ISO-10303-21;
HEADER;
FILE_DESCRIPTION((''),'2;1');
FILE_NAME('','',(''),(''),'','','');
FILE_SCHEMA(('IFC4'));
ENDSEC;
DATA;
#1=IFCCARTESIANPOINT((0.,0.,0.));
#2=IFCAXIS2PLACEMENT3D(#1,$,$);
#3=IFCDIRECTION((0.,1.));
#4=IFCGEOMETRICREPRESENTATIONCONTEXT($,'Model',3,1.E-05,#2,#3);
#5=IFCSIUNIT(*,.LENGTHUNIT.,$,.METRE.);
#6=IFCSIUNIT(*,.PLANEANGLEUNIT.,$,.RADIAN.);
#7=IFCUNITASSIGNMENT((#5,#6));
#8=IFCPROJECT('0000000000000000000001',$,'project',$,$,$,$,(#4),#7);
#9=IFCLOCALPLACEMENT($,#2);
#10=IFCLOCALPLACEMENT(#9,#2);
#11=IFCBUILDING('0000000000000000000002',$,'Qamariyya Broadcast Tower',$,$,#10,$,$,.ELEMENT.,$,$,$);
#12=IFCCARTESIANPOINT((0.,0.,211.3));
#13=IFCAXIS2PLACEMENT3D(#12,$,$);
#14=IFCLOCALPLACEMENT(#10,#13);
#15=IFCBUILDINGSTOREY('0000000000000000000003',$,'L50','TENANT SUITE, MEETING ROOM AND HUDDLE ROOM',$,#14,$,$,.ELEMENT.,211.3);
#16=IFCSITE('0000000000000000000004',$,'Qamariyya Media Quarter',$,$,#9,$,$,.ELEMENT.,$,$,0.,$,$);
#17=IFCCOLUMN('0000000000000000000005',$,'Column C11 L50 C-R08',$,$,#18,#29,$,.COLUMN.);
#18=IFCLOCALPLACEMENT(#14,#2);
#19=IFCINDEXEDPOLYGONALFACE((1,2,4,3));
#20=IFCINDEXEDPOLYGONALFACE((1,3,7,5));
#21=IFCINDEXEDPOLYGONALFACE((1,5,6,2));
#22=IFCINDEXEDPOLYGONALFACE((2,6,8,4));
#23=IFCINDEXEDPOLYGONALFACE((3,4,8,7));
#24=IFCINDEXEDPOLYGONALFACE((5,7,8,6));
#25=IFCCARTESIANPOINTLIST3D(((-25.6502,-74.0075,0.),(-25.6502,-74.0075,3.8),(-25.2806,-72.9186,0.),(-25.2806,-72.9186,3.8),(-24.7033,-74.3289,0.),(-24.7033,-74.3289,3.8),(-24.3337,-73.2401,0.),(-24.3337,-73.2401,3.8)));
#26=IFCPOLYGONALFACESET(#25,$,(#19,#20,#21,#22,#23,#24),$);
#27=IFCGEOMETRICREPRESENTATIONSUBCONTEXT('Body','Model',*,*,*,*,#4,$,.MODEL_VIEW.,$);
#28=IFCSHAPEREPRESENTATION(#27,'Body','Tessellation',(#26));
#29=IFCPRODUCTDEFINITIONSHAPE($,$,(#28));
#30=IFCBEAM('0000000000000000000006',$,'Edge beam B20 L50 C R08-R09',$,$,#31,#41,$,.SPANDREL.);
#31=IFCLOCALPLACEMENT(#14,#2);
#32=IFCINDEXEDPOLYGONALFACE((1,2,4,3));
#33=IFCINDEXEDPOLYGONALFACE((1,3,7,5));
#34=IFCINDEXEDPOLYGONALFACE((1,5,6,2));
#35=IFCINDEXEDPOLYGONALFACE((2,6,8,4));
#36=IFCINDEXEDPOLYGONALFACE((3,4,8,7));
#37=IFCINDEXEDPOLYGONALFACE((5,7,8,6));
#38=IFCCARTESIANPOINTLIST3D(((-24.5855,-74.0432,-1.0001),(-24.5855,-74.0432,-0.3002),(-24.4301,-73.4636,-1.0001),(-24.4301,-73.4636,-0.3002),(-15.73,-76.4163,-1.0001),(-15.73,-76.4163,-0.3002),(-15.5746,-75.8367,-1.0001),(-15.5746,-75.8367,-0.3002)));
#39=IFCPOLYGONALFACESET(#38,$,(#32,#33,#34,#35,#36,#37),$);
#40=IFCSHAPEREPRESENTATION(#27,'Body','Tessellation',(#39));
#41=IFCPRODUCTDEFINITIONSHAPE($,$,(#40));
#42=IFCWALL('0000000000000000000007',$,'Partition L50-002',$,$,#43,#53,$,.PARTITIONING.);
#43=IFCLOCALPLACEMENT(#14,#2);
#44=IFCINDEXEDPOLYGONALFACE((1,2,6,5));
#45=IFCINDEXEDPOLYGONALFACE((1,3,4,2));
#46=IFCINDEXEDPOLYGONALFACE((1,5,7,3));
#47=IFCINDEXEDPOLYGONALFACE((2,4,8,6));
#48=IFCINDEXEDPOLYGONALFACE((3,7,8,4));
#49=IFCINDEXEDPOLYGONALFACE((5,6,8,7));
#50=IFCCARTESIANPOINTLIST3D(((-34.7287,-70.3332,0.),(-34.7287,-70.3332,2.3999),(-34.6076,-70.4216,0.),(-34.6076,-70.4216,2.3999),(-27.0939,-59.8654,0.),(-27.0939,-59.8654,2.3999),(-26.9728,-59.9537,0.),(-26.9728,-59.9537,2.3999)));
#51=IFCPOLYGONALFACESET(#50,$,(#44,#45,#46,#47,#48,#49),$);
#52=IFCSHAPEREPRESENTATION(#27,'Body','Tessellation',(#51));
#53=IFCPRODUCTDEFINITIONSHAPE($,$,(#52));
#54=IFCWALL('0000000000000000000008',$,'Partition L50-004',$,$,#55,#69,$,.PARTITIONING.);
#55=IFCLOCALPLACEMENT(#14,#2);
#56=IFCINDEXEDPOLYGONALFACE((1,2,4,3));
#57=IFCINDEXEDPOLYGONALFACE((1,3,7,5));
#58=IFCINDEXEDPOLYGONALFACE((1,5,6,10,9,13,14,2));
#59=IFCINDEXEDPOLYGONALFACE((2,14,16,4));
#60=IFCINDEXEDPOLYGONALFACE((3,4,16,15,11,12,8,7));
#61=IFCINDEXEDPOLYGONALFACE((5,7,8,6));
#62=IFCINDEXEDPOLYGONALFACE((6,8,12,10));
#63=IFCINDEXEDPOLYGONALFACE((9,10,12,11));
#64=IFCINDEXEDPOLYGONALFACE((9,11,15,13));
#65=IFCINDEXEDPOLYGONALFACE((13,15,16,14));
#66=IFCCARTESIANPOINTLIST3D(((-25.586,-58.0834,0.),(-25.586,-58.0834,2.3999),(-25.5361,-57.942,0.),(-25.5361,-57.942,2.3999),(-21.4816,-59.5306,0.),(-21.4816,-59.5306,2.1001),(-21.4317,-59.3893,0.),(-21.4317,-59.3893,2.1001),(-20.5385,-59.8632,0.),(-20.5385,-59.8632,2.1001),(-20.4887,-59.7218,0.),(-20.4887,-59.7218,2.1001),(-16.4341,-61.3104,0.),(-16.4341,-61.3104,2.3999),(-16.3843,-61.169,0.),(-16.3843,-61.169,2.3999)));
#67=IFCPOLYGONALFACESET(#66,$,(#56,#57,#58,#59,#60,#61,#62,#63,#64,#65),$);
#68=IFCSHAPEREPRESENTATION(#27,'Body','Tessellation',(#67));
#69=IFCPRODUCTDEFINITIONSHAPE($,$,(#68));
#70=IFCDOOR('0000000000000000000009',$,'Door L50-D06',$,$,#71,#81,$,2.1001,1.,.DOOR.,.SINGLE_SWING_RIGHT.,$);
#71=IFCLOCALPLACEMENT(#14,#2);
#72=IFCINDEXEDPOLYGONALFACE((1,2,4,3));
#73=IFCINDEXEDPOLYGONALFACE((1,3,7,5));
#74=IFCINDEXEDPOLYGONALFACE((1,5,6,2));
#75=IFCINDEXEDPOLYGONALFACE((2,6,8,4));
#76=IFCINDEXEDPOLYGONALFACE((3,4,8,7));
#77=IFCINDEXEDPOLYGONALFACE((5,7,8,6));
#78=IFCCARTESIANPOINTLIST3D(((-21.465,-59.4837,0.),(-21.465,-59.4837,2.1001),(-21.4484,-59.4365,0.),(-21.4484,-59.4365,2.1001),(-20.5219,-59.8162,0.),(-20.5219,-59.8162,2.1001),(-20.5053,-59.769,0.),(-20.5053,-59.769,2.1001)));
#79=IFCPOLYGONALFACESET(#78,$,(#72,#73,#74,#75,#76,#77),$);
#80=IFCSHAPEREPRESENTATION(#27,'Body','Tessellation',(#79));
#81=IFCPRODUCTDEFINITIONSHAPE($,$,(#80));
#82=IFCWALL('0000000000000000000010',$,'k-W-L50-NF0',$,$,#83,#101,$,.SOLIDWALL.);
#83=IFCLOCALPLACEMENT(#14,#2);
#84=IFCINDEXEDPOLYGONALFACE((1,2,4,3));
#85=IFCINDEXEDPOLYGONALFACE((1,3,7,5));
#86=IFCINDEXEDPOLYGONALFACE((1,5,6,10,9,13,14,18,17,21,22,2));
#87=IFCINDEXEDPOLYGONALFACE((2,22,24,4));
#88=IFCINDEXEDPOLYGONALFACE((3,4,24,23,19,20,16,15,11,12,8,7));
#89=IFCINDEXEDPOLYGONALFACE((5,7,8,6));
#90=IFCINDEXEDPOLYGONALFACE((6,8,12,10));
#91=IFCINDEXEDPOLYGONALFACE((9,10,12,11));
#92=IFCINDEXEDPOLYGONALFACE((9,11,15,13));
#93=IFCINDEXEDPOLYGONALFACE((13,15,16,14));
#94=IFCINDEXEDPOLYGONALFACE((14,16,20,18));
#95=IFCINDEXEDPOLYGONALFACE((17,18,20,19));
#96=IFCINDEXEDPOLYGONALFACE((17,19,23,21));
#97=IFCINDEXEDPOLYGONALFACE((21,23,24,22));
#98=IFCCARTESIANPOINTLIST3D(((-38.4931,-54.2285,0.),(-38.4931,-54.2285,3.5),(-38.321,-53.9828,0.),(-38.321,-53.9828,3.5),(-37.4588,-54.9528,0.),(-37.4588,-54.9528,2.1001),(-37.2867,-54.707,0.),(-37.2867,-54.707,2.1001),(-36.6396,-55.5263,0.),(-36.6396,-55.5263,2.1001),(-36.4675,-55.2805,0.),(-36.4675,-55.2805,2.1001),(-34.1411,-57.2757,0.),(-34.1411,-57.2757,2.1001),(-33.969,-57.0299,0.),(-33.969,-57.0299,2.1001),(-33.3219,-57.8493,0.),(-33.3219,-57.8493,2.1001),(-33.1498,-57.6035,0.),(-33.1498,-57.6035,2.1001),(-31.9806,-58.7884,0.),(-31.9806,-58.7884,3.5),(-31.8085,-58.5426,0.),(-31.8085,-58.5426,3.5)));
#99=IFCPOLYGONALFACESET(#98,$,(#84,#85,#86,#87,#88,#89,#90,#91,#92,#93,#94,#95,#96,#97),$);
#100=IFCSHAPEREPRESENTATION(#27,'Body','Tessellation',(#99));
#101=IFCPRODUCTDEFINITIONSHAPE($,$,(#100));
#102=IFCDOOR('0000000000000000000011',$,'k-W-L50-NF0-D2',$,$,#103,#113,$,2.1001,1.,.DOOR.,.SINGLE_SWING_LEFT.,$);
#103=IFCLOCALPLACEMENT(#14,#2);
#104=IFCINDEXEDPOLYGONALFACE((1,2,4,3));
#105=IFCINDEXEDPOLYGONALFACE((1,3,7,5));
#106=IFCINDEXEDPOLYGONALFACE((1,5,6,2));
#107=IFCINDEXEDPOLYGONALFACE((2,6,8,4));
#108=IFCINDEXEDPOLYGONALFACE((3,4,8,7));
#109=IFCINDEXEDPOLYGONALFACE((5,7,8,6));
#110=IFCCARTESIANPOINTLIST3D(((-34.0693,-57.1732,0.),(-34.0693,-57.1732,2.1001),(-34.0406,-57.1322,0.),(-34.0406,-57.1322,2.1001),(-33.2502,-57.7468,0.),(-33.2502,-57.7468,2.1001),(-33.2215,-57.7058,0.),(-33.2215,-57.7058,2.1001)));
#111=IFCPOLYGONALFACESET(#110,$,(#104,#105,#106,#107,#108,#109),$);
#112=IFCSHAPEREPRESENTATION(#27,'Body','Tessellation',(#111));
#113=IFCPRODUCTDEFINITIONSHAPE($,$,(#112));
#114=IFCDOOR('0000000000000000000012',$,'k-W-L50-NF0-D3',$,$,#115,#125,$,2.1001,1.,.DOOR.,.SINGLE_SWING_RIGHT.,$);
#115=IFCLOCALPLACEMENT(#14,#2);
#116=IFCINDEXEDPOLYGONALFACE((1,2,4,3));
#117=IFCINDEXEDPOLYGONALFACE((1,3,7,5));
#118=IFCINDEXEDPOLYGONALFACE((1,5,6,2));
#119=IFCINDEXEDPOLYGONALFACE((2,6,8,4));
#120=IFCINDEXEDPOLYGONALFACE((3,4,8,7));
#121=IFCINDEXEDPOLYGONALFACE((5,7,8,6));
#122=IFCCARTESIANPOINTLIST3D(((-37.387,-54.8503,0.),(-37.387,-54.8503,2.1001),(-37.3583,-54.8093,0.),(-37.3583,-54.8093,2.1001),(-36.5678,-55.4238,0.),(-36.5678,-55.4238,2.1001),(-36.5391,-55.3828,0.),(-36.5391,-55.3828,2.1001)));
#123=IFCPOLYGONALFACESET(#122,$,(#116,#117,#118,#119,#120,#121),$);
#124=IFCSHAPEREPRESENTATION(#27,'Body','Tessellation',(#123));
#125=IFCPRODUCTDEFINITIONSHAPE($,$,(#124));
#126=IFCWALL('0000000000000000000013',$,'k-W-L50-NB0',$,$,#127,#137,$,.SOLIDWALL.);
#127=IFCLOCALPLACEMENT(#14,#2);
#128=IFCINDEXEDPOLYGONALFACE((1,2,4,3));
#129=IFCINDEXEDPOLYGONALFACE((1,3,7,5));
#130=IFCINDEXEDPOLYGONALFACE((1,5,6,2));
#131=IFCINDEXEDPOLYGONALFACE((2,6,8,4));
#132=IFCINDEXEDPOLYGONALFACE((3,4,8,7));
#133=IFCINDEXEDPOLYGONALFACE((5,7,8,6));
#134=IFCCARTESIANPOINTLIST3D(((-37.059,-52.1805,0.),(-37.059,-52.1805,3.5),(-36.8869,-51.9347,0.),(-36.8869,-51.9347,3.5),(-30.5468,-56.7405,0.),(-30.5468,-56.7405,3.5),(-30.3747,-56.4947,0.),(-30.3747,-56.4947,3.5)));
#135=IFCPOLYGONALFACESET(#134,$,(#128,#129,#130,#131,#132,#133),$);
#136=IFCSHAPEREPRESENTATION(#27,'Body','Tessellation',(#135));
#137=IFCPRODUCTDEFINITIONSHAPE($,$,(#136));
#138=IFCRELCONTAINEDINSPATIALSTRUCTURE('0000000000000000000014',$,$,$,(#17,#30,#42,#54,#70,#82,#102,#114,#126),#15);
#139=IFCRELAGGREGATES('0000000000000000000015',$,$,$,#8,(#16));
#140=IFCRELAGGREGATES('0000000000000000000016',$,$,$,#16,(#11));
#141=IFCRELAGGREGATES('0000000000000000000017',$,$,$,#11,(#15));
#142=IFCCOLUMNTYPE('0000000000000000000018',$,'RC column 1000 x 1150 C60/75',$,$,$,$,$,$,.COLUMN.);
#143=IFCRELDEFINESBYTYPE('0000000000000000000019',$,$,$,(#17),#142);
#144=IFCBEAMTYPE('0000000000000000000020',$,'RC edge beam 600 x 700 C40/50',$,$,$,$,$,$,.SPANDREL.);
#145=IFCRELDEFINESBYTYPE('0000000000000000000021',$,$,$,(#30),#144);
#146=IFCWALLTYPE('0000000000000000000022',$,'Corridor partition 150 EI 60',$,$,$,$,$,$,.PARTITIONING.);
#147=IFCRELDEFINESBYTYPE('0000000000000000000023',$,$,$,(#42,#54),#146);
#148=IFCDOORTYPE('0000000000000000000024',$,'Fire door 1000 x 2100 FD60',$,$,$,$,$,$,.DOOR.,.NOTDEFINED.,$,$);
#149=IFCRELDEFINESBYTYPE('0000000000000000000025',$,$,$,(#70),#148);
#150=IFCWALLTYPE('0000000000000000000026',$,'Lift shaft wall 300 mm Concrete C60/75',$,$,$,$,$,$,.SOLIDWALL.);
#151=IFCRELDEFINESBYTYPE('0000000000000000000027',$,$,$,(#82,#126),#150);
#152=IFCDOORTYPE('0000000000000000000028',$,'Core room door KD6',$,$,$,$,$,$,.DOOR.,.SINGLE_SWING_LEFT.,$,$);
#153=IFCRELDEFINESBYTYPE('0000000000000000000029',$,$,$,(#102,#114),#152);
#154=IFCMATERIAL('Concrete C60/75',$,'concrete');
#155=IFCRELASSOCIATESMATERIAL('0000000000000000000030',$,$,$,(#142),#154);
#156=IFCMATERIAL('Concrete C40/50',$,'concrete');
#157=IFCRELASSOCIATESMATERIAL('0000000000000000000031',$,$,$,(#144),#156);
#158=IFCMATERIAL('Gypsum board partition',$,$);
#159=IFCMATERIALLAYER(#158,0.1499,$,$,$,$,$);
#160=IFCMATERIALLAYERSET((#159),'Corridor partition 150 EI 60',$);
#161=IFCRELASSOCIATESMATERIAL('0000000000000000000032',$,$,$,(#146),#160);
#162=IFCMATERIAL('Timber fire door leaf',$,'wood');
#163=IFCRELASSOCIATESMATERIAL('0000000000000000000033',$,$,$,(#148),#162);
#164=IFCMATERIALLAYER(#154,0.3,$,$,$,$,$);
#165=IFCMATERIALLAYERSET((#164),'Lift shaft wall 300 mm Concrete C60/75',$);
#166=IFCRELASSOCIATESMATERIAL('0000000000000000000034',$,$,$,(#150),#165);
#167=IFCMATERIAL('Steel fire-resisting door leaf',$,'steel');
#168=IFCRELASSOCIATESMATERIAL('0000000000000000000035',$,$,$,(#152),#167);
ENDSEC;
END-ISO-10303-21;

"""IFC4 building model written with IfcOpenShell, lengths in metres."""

from ifc_helpers import new_model, si_unit, direction, frame, frame_2d, origin, origin_2d, place, context, subcontext, project, spatial, rectangle, extrude, material, layer, layer_set, material_profile, profile_set, type_object, element, fill, save


model = new_model("IFC4")

# Units and contexts
model_context = context("Model", 3, precision=1e-05, world=origin(), true_north=direction((0.0, 1.0)))
body_context = subcontext(model_context, "Body", "Model", "MODEL_VIEW")
ifc_project = project(units=[si_unit("LENGTHUNIT", "METRE"), si_unit("PLANEANGLEUNIT", "RADIAN")], contexts=[model_context])

# Site, building, storey
site_placement = place(None, origin())
site = spatial("IfcSite", under=ifc_project, at=site_placement, Name="Qamariyya Media Quarter", CompositionType="ELEMENT", RefElevation=0.0)
building_placement = place(site_placement, origin())
building = spatial("IfcBuilding", under=site, at=building_placement, Name="Qamariyya Broadcast Tower", CompositionType="ELEMENT")
storey_placement = place(building_placement, frame((0.0, 0.0, 211.3)))
storey = spatial("IfcBuildingStorey", under=building, at=storey_placement, Name="L50", Description="TENANT SUITE, MEETING ROOM AND HUDDLE ROOM", CompositionType="ELEMENT", Elevation=211.3)

# Column
ifc_material_1 = material(Name="Concrete C60/75", Category="concrete")
ifc_material_profile_1 = material_profile(ifc_material_1, rectangle(XDim=1.0, YDim=1.1499, at=origin_2d()))
ifc_profile_set_1 = profile_set([ifc_material_profile_1], Name="Concrete C60/75")
column_type = type_object("IfcColumnType", Name="RC column 1000 x 1150 C60/75", PredefinedType="COLUMN", material=ifc_profile_set_1)
column_placement = place(storey_placement, frame((-24.9919, -73.6238, 0.0), z_axis=(0.0, 0.0, 1.0), x_axis=(0.94693, -0.321439, 0.0)))
element("IfcColumn", 1, at=column_placement, inside=storey, type_object=column_type, Name="Column C11 L50 C-R08", PredefinedType="COLUMN", context=body_context, shape_type="SweptSolid", body=[
    extrude(rectangle(XDim=1.0, YDim=1.1499, at=origin_2d()), origin(), (0.0, 0.0, 1.0), 3.8),
])

# Beam
ifc_material_2 = material(Name="Concrete C40/50", Category="concrete")
ifc_material_profile_2 = material_profile(ifc_material_2, rectangle(XDim=0.6001, YDim=0.7, at=origin_2d()))
ifc_profile_set_2 = profile_set([ifc_material_profile_2], Name="Concrete C40/50")
beam_type = type_object("IfcBeamType", Name="RC edge beam 600 x 700 C40/50", PredefinedType="SPANDREL", material=ifc_profile_set_2)
beam_placement = place(storey_placement, frame((-24.5078, -73.7534, -0.6501), z_axis=(0.96592, -0.258843, 0.0), x_axis=(0.258843, 0.96592, 0.0)))
element("IfcBeam", 2, at=beam_placement, inside=storey, type_object=beam_type, Name="Edge beam B20 L50 C R08-R09", PredefinedType="SPANDREL", context=body_context, shape_type="SweptSolid", body=[
    extrude(rectangle(XDim=0.6001, YDim=0.7, at=origin_2d()), origin(), (0.0, 0.0, 1.0), 9.168),
])

# Wall
ifc_material_3 = material(Name="Gypsum board partition")
ifc_layer_1 = layer(ifc_material_3, 0.1499)
ifc_layer_set_1 = layer_set([ifc_layer_1], Name="Corridor partition 150 EI 60")
wall_type_1 = type_object("IfcWallType", Name="Corridor partition 150 EI 60", PredefinedType="PARTITIONING", material=ifc_layer_set_1)
wall_1_placement = place(storey_placement, frame((-27.0334, -59.9097, 0.0), z_axis=(0.0, 0.0, 1.0), x_axis=(-0.589274, -0.807934, 0.0)))
element("IfcWall", 3, at=wall_1_placement, inside=storey, type_object=wall_type_1, Name="Partition L50-002", PredefinedType="PARTITIONING", context=body_context, shape_type="SweptSolid", body=[
    extrude(rectangle(XDim=12.9563, YDim=0.1499, at=frame_2d((6.478, 0.0))), origin(), (0.0, 0.0, 1.0), 2.3999),
])

# Wall, opening, door
wall_2_placement = place(storey_placement, frame((-25.561, -58.0127, 0.0), z_axis=(0.0, 0.0, 1.0), x_axis=(0.943088, -0.332544, 0.0)))
wall_2 = element("IfcWall", 4, at=wall_2_placement, inside=storey, type_object=wall_type_1, Name="Partition L50-004", PredefinedType="PARTITIONING", context=body_context, shape_type="SweptSolid", body=[
    extrude(rectangle(XDim=9.7041, YDim=0.1499, at=frame_2d((4.8521, 0.0))), origin(), (0.0, 0.0, 1.0), 2.3999),
])
opening_1_placement = place(wall_2_placement, frame((4.3521, 0.0, 0.0)))
opening_1 = element("IfcOpeningElement", 5, at=opening_1_placement, cuts=wall_2, PredefinedType="OPENING", context=body_context, shape_type="SweptSolid", body=[
    extrude(rectangle(XDim=1.0, YDim=2.1001, at=frame_2d((0.5, 1.05))), frame((0.0, 0.085, 0.0), z_axis=(0.0, -1.0, 0.0), x_axis=(1.0, 0.0, 0.0)), (0.0, 0.0, 1.0), 0.1699),
])
ifc_material_4 = material(Name="Timber fire door leaf", Category="wood")
door_type_1 = type_object("IfcDoorType", Name="Fire door 1000 x 2100 FD60", OperationType="NOTDEFINED", PredefinedType="DOOR", material=ifc_material_4)
door_1_placement = place(opening_1_placement, origin())
door_1 = element("IfcDoor", 6, at=door_1_placement, inside=storey, type_object=door_type_1, Name="Door L50-D06", OperationType="SINGLE_SWING_RIGHT", OverallHeight=2.1001, OverallWidth=1.0, PredefinedType="DOOR", context=body_context, shape_type="SweptSolid", body=[
    extrude(rectangle(XDim=1.0, YDim=2.1001, at=frame_2d((0.5, 1.05))), frame((0.0, 0.0249, 0.0), z_axis=(0.0, -1.0, 0.0), x_axis=(1.0, 0.0, 0.0)), (0.0, 0.0, 1.0), 0.05),
])
fill(opening_1, door_1)

# Wall, openings, doors
ifc_layer_2 = layer(ifc_material_1, 0.3)
ifc_layer_set_2 = layer_set([ifc_layer_2], Name="Lift shaft wall 300 mm Concrete C60/75")
wall_type_2 = type_object("IfcWallType", Name="Lift shaft wall 300 mm Concrete C60/75", PredefinedType="SOLIDWALL", material=ifc_layer_set_2)
wall_3_placement = place(storey_placement, frame((-31.8945, -58.6655, 0.0), z_axis=(0.0, 0.0, 1.0), x_axis=(-0.819167, 0.573555, 0.0)))
wall_3 = element("IfcWall", 7, at=wall_3_placement, inside=storey, type_object=wall_type_2, Name="k-W-L50-NF0", PredefinedType="SOLIDWALL", context=body_context, shape_type="SweptSolid", body=[
    extrude(rectangle(XDim=7.9502, YDim=0.3, at=frame_2d((3.9751, 0.0))), origin(), (0.0, 0.0, 1.0), 3.5),
])
opening_2_placement = place(wall_3_placement, frame((1.6375, 0.0, 0.0)))
opening_2 = element("IfcOpeningElement", 8, at=opening_2_placement, cuts=wall_3, PredefinedType="OPENING", context=body_context, shape_type="SweptSolid", body=[
    extrude(rectangle(XDim=1.0, YDim=2.1001, at=frame_2d((0.5, 1.05))), frame((0.0, 0.1599, 0.0), z_axis=(0.0, -1.0, 0.0), x_axis=(1.0, 0.0, 0.0)), (0.0, 0.0, 1.0), 0.3201),
])
opening_3_placement = place(wall_3_placement, frame((5.6875, 0.0, 0.0)))
opening_3 = element("IfcOpeningElement", 9, at=opening_3_placement, cuts=wall_3, PredefinedType="OPENING", context=body_context, shape_type="SweptSolid", body=[
    extrude(rectangle(XDim=1.0, YDim=2.1001, at=frame_2d((0.5, 1.05))), frame((0.0, 0.1599, 0.0), z_axis=(0.0, -1.0, 0.0), x_axis=(1.0, 0.0, 0.0)), (0.0, 0.0, 1.0), 0.3201),
])
ifc_material_5 = material(Name="Steel fire-resisting door leaf", Category="steel")
door_type_2 = type_object("IfcDoorType", Name="Core room door KD6", OperationType="SINGLE_SWING_LEFT", PredefinedType="DOOR", material=ifc_material_5)
door_2_placement = place(opening_2_placement, origin())
door_2 = element("IfcDoor", 10, at=door_2_placement, inside=storey, type_object=door_type_2, Name="k-W-L50-NF0-D2", OperationType="SINGLE_SWING_LEFT", OverallHeight=2.1001, OverallWidth=1.0, PredefinedType="DOOR", context=body_context, shape_type="SweptSolid", body=[
    extrude(rectangle(XDim=1.0, YDim=2.1001, at=frame_2d((0.5, 1.05))), frame((0.0, 0.0249, 0.0), z_axis=(0.0, -1.0, 0.0), x_axis=(1.0, 0.0, 0.0)), (0.0, 0.0, 1.0), 0.05),
])
fill(opening_2, door_2)
door_3_placement = place(opening_3_placement, origin())
door_3 = element("IfcDoor", 11, at=door_3_placement, inside=storey, type_object=door_type_2, Name="k-W-L50-NF0-D3", OperationType="SINGLE_SWING_RIGHT", OverallHeight=2.1001, OverallWidth=1.0, PredefinedType="DOOR", context=body_context, shape_type="SweptSolid", body=[
    extrude(rectangle(XDim=1.0, YDim=2.1001, at=frame_2d((0.5, 1.05))), frame((0.0, 0.0249, 0.0), z_axis=(0.0, -1.0, 0.0), x_axis=(1.0, 0.0, 0.0)), (0.0, 0.0, 1.0), 0.05),
])
fill(opening_3, door_3)

# Wall
wall_4_placement = place(storey_placement, frame((-30.4607, -56.6177, 0.0), z_axis=(0.0, 0.0, 1.0), x_axis=(-0.819142, 0.57359, 0.0)))
element("IfcWall", 12, at=wall_4_placement, inside=storey, type_object=wall_type_2, Name="k-W-L50-NB0", PredefinedType="SOLIDWALL", context=body_context, shape_type="SweptSolid", body=[
    extrude(rectangle(XDim=7.95, YDim=0.3, at=frame_2d((3.9751, 0.0))), origin(), (0.0, 0.0, 1.0), 3.5),
])

save(model, "model.ifc")
